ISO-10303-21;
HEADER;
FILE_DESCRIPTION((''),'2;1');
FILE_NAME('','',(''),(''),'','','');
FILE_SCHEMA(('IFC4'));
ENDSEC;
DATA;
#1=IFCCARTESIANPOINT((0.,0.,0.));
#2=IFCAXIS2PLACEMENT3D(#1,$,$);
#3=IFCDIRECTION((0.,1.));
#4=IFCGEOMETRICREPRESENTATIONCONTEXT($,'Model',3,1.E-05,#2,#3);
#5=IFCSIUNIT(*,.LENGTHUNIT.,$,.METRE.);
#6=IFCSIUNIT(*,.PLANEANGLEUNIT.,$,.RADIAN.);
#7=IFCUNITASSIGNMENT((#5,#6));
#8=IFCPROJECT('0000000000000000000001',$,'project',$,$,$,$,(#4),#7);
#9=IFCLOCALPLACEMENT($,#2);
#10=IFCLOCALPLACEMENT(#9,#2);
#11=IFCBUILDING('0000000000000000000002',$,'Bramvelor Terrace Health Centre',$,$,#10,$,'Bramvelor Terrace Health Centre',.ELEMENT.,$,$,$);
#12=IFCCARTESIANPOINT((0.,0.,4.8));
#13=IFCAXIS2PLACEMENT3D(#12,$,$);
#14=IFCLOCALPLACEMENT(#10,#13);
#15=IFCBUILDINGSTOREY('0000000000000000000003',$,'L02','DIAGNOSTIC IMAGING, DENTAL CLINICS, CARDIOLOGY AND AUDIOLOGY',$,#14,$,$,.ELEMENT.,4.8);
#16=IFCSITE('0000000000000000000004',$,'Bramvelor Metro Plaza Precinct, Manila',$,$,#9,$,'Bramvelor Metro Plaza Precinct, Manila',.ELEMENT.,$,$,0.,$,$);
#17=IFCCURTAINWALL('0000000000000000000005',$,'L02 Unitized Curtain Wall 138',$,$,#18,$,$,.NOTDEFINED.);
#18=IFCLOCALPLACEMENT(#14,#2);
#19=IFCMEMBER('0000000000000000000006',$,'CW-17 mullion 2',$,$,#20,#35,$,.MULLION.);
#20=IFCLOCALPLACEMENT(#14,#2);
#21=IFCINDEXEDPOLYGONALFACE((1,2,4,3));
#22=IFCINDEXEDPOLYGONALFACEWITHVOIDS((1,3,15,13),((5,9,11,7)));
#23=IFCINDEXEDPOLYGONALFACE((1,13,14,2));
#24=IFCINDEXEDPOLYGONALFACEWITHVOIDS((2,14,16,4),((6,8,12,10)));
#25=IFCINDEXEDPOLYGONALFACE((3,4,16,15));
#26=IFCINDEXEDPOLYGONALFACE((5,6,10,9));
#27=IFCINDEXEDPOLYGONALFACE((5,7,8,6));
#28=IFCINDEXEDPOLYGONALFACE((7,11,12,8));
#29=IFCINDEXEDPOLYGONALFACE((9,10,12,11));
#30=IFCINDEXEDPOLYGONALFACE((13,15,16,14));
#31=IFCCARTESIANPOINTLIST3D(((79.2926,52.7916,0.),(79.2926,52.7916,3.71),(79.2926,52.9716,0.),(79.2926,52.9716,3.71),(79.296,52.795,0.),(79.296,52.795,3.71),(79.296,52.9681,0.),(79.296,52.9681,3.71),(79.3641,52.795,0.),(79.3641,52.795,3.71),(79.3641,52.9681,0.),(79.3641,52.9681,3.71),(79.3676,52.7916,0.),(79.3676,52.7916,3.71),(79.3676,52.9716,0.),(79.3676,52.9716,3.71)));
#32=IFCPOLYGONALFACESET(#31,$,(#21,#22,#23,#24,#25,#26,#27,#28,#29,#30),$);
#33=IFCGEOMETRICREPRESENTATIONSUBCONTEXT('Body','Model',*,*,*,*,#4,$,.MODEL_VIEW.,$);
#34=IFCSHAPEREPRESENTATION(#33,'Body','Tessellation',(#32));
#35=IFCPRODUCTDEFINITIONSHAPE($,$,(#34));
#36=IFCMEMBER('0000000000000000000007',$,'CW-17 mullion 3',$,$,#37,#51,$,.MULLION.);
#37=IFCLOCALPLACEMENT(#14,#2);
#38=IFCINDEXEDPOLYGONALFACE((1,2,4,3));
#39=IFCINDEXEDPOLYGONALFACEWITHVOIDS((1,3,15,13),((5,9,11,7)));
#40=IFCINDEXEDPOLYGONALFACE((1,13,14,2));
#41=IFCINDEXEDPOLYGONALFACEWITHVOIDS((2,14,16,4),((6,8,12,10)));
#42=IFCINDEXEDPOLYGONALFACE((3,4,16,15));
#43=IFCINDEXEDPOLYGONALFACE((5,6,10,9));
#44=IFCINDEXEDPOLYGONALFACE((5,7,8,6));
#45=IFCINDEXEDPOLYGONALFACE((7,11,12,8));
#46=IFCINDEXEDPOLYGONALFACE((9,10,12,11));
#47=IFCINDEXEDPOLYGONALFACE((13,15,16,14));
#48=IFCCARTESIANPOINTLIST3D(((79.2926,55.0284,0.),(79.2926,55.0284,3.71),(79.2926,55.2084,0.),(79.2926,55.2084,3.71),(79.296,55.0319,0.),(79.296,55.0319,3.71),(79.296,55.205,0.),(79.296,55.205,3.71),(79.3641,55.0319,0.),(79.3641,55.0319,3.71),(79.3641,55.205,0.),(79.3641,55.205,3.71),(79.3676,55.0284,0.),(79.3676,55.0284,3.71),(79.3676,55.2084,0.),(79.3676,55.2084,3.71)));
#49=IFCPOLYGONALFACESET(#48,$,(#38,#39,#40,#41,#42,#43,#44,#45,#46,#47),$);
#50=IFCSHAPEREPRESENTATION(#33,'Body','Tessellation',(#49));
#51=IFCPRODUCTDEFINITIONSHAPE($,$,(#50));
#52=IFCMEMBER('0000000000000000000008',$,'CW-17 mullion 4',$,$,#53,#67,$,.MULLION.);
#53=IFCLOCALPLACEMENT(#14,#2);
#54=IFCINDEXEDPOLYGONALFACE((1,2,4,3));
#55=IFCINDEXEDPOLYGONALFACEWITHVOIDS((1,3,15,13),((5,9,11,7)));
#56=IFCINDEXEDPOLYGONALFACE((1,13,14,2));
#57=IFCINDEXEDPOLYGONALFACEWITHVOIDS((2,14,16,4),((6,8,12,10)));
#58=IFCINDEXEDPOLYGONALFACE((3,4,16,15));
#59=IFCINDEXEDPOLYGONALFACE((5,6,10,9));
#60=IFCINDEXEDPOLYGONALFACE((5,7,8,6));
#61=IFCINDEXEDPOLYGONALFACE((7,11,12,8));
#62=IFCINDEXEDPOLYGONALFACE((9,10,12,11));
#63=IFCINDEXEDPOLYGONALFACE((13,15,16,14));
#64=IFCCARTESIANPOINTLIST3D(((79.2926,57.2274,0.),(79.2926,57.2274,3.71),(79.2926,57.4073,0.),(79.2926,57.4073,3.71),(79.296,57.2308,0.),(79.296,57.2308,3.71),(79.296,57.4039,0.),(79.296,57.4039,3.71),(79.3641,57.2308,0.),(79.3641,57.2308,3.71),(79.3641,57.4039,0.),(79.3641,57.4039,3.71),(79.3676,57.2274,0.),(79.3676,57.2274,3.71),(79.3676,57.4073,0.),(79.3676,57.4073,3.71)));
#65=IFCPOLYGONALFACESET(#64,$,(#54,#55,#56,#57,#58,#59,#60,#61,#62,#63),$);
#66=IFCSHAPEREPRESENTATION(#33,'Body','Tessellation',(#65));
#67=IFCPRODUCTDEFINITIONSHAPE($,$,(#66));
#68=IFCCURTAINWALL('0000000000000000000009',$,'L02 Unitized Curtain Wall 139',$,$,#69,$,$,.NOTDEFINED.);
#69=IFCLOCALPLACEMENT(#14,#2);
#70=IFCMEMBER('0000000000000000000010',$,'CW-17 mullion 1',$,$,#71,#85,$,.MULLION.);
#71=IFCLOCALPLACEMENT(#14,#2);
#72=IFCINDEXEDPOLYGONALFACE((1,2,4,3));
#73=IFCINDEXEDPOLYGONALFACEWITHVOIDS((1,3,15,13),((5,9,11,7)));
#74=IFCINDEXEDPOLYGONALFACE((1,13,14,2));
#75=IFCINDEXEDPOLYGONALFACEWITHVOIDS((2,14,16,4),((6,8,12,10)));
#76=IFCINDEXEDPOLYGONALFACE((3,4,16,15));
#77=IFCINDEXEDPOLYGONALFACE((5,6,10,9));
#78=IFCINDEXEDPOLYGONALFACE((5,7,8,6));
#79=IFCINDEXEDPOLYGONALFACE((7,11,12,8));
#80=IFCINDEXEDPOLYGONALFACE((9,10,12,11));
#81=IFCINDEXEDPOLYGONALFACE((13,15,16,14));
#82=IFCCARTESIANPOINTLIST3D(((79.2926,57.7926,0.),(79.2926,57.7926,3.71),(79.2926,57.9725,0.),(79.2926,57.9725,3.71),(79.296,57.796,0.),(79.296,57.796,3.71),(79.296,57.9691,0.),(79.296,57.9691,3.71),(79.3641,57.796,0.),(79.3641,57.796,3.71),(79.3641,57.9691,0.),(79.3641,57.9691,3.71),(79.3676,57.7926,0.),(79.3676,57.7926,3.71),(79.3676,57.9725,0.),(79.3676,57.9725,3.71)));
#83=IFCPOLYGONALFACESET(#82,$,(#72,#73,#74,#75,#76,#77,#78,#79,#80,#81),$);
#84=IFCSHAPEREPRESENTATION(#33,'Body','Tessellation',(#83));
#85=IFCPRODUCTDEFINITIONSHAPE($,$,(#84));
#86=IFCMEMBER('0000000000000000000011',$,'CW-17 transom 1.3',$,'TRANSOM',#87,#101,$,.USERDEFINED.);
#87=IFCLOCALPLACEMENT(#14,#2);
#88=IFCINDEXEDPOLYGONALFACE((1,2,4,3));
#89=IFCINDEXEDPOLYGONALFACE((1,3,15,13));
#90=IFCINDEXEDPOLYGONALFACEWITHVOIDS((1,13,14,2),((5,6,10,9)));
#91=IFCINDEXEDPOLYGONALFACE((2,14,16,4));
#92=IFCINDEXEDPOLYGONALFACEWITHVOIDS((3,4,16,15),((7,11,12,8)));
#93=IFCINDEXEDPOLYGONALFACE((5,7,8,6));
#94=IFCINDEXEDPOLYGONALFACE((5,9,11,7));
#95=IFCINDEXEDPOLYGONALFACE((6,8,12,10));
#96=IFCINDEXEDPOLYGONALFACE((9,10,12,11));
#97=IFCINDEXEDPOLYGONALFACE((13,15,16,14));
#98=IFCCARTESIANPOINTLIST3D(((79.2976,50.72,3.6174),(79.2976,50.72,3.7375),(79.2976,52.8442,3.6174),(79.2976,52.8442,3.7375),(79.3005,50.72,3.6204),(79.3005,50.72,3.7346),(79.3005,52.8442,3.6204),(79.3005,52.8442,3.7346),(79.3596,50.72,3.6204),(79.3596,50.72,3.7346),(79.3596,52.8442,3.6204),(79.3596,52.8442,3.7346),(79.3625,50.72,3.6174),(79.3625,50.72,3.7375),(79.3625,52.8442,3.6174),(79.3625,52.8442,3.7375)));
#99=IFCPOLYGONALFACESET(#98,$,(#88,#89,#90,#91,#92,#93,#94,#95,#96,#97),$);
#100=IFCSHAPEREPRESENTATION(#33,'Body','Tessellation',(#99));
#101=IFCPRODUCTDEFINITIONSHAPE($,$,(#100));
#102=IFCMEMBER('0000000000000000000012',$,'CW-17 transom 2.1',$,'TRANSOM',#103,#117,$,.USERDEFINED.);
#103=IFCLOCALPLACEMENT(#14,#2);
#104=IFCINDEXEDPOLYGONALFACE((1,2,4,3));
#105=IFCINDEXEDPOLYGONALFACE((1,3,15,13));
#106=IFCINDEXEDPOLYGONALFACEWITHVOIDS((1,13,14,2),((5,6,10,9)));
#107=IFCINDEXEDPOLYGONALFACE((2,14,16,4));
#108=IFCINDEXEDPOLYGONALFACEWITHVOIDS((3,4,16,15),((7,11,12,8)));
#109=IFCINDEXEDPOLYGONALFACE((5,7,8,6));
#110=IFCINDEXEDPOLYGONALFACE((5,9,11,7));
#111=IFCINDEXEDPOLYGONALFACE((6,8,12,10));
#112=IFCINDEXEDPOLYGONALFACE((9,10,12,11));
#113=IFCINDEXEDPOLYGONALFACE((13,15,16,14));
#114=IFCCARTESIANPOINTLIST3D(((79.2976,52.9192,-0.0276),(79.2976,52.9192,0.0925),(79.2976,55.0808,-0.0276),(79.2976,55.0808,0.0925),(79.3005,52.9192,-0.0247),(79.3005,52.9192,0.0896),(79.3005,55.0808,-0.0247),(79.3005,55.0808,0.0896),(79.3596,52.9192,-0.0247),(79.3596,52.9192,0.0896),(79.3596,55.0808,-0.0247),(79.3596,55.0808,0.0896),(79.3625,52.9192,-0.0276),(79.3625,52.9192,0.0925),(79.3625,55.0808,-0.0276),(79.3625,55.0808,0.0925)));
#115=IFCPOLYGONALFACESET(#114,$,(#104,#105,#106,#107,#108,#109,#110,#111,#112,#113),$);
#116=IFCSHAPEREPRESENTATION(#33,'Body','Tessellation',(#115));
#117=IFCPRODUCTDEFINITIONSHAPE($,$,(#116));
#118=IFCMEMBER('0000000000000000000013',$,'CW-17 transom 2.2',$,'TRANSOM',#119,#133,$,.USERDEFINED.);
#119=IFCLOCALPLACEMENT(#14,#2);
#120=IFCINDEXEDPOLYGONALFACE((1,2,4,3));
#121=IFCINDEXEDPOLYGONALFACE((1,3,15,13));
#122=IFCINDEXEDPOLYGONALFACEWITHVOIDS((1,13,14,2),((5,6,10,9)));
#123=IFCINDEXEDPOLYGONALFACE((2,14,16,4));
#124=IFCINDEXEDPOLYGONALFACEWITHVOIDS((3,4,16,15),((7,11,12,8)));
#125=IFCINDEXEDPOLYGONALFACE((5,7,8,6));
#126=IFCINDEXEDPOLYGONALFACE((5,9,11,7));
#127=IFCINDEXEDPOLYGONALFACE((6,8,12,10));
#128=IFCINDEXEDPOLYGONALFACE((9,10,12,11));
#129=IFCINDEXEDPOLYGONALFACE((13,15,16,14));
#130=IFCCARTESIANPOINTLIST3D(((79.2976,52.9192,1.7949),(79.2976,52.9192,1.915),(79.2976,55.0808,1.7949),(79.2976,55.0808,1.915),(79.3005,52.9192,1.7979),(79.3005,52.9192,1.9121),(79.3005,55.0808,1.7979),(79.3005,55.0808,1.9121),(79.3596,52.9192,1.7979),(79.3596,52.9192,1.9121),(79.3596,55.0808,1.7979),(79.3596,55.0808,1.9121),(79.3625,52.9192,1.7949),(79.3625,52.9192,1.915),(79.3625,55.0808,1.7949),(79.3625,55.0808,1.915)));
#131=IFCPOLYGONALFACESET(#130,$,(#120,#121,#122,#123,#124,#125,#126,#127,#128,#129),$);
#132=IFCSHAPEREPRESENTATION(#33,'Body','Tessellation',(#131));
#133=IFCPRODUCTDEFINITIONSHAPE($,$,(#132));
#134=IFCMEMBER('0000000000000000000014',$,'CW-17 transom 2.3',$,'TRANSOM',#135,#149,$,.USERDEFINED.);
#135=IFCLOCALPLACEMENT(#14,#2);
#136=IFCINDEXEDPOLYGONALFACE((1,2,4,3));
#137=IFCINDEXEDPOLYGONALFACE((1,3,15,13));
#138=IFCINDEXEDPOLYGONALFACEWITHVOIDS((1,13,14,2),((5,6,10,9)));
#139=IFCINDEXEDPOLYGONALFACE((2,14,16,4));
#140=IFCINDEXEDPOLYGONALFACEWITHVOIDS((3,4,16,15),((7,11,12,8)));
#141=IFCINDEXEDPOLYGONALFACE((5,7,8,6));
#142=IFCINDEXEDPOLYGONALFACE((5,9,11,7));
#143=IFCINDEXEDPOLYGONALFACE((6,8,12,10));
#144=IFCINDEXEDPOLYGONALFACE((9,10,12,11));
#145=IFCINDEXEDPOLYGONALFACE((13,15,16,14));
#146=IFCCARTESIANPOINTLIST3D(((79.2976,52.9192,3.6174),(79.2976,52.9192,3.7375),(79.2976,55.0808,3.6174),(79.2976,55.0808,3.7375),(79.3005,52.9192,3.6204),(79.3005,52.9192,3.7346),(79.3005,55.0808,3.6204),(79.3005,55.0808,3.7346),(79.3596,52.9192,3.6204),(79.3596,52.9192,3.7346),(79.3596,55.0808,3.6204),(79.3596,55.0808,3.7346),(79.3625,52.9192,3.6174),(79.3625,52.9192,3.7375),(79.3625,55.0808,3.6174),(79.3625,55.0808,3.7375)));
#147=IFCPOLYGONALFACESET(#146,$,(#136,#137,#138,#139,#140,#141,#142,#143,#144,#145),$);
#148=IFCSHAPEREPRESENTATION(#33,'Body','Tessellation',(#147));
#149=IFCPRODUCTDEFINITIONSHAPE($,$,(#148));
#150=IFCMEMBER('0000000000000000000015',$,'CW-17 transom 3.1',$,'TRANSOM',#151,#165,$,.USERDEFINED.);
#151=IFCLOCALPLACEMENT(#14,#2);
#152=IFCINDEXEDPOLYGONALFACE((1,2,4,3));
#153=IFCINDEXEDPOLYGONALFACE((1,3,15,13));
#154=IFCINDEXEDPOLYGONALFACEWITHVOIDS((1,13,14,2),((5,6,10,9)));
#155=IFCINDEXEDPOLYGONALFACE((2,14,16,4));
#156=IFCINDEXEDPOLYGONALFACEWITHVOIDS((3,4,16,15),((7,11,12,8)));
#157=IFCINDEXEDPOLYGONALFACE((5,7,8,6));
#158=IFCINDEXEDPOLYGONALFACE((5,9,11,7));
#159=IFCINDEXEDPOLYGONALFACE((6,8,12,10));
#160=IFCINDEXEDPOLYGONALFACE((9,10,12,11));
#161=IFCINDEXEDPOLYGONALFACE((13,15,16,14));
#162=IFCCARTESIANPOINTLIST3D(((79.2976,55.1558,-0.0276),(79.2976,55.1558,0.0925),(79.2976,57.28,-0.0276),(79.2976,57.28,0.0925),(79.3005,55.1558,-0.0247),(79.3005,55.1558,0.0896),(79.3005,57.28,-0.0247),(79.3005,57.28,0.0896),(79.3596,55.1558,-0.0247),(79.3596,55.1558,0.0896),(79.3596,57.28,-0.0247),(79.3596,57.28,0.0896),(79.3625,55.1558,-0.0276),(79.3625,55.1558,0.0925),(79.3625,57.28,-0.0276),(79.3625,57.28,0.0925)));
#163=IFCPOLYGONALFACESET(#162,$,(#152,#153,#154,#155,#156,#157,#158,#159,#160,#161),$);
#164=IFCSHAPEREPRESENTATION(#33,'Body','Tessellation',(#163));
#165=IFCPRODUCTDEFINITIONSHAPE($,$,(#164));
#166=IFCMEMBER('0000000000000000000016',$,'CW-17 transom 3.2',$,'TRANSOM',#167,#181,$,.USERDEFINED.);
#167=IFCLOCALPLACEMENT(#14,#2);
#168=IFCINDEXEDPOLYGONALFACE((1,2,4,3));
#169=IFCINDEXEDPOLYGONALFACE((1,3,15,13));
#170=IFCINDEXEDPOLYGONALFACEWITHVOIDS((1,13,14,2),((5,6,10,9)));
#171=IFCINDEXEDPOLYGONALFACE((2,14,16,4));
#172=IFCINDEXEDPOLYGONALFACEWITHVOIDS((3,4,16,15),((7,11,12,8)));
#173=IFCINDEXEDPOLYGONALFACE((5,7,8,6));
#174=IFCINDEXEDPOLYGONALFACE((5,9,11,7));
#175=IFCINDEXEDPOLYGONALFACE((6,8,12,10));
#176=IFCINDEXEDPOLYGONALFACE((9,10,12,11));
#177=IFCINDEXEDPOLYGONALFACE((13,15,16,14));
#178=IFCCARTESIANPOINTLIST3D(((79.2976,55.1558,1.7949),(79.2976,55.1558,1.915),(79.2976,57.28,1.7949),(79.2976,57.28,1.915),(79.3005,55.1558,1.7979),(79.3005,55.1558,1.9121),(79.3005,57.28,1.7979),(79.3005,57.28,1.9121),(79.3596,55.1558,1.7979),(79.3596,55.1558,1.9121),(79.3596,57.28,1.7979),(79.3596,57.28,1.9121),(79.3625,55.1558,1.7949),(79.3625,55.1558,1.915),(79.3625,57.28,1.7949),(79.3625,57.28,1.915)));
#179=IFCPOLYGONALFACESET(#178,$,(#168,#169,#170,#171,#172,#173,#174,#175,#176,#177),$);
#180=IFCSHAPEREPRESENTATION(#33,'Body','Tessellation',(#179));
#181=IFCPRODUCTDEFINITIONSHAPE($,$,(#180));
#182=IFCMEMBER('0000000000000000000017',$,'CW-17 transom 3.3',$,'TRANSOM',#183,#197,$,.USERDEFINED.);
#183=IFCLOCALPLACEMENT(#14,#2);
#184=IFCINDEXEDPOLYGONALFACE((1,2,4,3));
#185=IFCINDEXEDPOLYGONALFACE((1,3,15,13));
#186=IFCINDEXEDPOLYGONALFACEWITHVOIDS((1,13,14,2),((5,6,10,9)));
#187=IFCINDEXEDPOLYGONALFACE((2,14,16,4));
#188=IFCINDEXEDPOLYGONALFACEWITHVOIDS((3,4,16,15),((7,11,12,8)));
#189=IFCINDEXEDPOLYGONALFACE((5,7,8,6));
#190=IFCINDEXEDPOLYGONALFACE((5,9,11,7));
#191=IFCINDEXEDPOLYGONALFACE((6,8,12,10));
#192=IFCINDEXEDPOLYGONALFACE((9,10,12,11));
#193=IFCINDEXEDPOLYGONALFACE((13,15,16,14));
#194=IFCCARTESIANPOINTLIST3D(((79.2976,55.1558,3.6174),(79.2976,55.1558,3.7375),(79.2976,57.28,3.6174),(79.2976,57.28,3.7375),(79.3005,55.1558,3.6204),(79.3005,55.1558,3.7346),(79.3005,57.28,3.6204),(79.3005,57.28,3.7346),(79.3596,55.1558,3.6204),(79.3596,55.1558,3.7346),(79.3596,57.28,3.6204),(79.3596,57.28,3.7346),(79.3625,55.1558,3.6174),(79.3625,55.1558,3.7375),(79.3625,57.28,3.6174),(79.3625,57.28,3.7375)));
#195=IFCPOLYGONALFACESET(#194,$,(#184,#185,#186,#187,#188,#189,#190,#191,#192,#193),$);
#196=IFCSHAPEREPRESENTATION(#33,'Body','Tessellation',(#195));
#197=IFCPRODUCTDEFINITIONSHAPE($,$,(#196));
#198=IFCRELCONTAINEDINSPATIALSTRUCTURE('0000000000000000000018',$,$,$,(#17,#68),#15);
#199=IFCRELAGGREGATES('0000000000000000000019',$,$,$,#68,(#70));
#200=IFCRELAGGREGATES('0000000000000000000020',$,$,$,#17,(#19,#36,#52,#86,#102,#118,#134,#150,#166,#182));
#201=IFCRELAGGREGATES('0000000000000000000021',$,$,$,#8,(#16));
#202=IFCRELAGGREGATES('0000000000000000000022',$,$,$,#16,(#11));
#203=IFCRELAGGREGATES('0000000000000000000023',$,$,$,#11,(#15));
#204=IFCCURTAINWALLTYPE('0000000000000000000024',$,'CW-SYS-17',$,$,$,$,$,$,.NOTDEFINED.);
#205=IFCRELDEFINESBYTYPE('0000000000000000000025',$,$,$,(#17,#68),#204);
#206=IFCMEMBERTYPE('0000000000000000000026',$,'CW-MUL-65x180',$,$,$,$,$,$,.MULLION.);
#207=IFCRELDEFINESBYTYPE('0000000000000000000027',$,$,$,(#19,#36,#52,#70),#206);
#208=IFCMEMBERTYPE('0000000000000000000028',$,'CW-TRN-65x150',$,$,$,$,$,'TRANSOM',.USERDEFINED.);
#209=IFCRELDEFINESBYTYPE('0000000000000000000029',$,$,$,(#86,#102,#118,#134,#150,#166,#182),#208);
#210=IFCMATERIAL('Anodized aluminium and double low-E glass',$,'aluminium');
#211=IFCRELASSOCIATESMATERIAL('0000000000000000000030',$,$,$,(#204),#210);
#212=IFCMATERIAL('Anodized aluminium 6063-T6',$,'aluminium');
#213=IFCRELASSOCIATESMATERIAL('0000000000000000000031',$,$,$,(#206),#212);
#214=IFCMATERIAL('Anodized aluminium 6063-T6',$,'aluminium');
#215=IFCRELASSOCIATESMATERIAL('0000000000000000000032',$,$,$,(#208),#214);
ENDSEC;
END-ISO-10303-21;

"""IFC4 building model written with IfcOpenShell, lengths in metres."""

from ifc_helpers import new_model, si_unit, direction, frame, origin, origin_2d, place, context, subcontext, project, spatial, hollow_rectangle, extrude, material, material_profile, profile_set, type_object, element, aggregate, save


model = new_model("IFC4")

# Units and contexts
model_context = context("Model", 3, precision=1e-05, world=origin(), true_north=direction((0.0, 1.0)))
body_context = subcontext(model_context, "Body", "Model", "MODEL_VIEW")
ifc_project = project(units=[si_unit("LENGTHUNIT", "METRE"), si_unit("PLANEANGLEUNIT", "RADIAN")], contexts=[model_context])

# Site, building, storey
site_placement = place(None, origin())
site = spatial("IfcSite", under=ifc_project, at=site_placement, Name="Bramvelor Metro Plaza Precinct, Manila", LongName="Bramvelor Metro Plaza Precinct, Manila", CompositionType="ELEMENT", RefElevation=0.0)
building_placement = place(site_placement, origin())
building = spatial("IfcBuilding", under=site, at=building_placement, Name="Bramvelor Terrace Health Centre", LongName="Bramvelor Terrace Health Centre", CompositionType="ELEMENT")
storey_placement = place(building_placement, frame((0.0, 0.0, 4.8)))
storey = spatial("IfcBuildingStorey", under=building, at=storey_placement, Name="L02", Description="DIAGNOSTIC IMAGING, DENTAL CLINICS, CARDIOLOGY AND AUDIOLOGY", CompositionType="ELEMENT", Elevation=4.8)

# Curtain wall, members
ifc_material_1 = material(Name="Anodized aluminium and double low-E glass", Category="aluminium")
curtain_wall_type = type_object("IfcCurtainWallType", Name="CW-SYS-17", PredefinedType="NOTDEFINED", material=ifc_material_1)
curtain_wall_1_placement = place(storey_placement, origin())
curtain_wall_1 = element("IfcCurtainWall", 1, at=curtain_wall_1_placement, inside=storey, type_object=curtain_wall_type, Name="L02 Unitized Curtain Wall 138", PredefinedType="NOTDEFINED")
ifc_material_2 = material(Name="Anodized aluminium 6063-T6", Category="aluminium")
ifc_material_profile_1 = material_profile(ifc_material_2, hollow_rectangle(XDim=0.075, YDim=0.1799, WallThickness=0.0034, at=origin_2d()), Name="ALU-MUL 75x180x3.5")
ifc_profile_set_1 = profile_set([ifc_material_profile_1], Name="Anodized aluminium 6063-T6")
member_type_1 = type_object("IfcMemberType", Name="CW-MUL-65x180", PredefinedType="MULLION", material=ifc_profile_set_1)
member_1_placement = place(storey_placement, frame((79.3301, 52.8816, 0.0), z_axis=(0.0, 0.0, 1.0), x_axis=(-1.0, 0.0, 0.0)))
member_1 = element("IfcMember", 2, at=member_1_placement, type_object=member_type_1, Name="CW-17 mullion 2", PredefinedType="MULLION", context=body_context, shape_type="SweptSolid", body=[
    extrude(hollow_rectangle(XDim=0.075, YDim=0.1799, WallThickness=0.0034, at=origin_2d()), origin(), (0.0, 0.0, 1.0), 3.71),
])
member_2_placement = place(storey_placement, frame((79.3301, 55.1184, 0.0), z_axis=(0.0, 0.0, 1.0), x_axis=(-1.0, 0.0, 0.0)))
member_2 = element("IfcMember", 3, at=member_2_placement, type_object=member_type_1, Name="CW-17 mullion 3", PredefinedType="MULLION", context=body_context, shape_type="SweptSolid", body=[
    extrude(hollow_rectangle(XDim=0.075, YDim=0.1799, WallThickness=0.0034, at=origin_2d()), origin(), (0.0, 0.0, 1.0), 3.71),
])
member_3_placement = place(storey_placement, frame((79.3301, 57.3174, 0.0), z_axis=(0.0, 0.0, 1.0), x_axis=(-1.0, 0.0, 0.0)))
member_3 = element("IfcMember", 4, at=member_3_placement, type_object=member_type_1, Name="CW-17 mullion 4", PredefinedType="MULLION", context=body_context, shape_type="SweptSolid", body=[
    extrude(hollow_rectangle(XDim=0.075, YDim=0.1799, WallThickness=0.0034, at=origin_2d()), origin(), (0.0, 0.0, 1.0), 3.71),
])

# Curtain wall, member
curtain_wall_2_placement = place(storey_placement, origin())
curtain_wall_2 = element("IfcCurtainWall", 5, at=curtain_wall_2_placement, inside=storey, type_object=curtain_wall_type, Name="L02 Unitized Curtain Wall 139", PredefinedType="NOTDEFINED")
member_4_placement = place(storey_placement, frame((79.3301, 57.8826, 0.0), z_axis=(0.0, 0.0, 1.0), x_axis=(-1.0, 0.0, 0.0)))
member_4 = element("IfcMember", 6, at=member_4_placement, type_object=member_type_1, Name="CW-17 mullion 1", PredefinedType="MULLION", context=body_context, shape_type="SweptSolid", body=[
    extrude(hollow_rectangle(XDim=0.075, YDim=0.1799, WallThickness=0.0034, at=origin_2d()), origin(), (0.0, 0.0, 1.0), 3.71),
])

# Members
ifc_material_3 = material(Name="Anodized aluminium 6063-T6", Category="aluminium")
ifc_material_profile_2 = material_profile(ifc_material_3, hollow_rectangle(XDim=0.0649, YDim=0.1201, WallThickness=0.0029, at=origin_2d()), Name="ALU-TRN 65x120x3.0")
ifc_profile_set_2 = profile_set([ifc_material_profile_2], Name="Anodized aluminium 6063-T6")
member_type_2 = type_object("IfcMemberType", Name="CW-TRN-65x150", ElementType="TRANSOM", PredefinedType="USERDEFINED", material=ifc_profile_set_2)
member_5_placement = place(storey_placement, frame((79.3301, 50.72, 3.6775), z_axis=(0.0, 1.0, 0.0), x_axis=(-1.0, 0.0, 0.0)))
member_5 = element("IfcMember", 7, at=member_5_placement, type_object=member_type_2, Name="CW-17 transom 1.3", ObjectType="TRANSOM", PredefinedType="USERDEFINED", context=body_context, shape_type="SweptSolid", body=[
    extrude(hollow_rectangle(XDim=0.0649, YDim=0.1201, WallThickness=0.0029, at=origin_2d()), origin(), (0.0, 0.0, 1.0), 2.1243),
])
member_6_placement = place(storey_placement, frame((79.3301, 52.9192, 0.0325), z_axis=(0.0, 1.0, 0.0), x_axis=(-1.0, 0.0, 0.0)))
member_6 = element("IfcMember", 8, at=member_6_placement, type_object=member_type_2, Name="CW-17 transom 2.1", ObjectType="TRANSOM", PredefinedType="USERDEFINED", context=body_context, shape_type="SweptSolid", body=[
    extrude(hollow_rectangle(XDim=0.0649, YDim=0.1201, WallThickness=0.0029, at=origin_2d()), origin(), (0.0, 0.0, 1.0), 2.1616),
])
member_7_placement = place(storey_placement, frame((79.3301, 52.9192, 1.855), z_axis=(0.0, 1.0, 0.0), x_axis=(-1.0, 0.0, 0.0)))
member_7 = element("IfcMember", 9, at=member_7_placement, type_object=member_type_2, Name="CW-17 transom 2.2", ObjectType="TRANSOM", PredefinedType="USERDEFINED", context=body_context, shape_type="SweptSolid", body=[
    extrude(hollow_rectangle(XDim=0.0649, YDim=0.1201, WallThickness=0.0029, at=origin_2d()), origin(), (0.0, 0.0, 1.0), 2.1616),
])
member_8_placement = place(storey_placement, frame((79.3301, 52.9192, 3.6775), z_axis=(0.0, 1.0, 0.0), x_axis=(-1.0, 0.0, 0.0)))
member_8 = element("IfcMember", 10, at=member_8_placement, type_object=member_type_2, Name="CW-17 transom 2.3", ObjectType="TRANSOM", PredefinedType="USERDEFINED", context=body_context, shape_type="SweptSolid", body=[
    extrude(hollow_rectangle(XDim=0.0649, YDim=0.1201, WallThickness=0.0029, at=origin_2d()), origin(), (0.0, 0.0, 1.0), 2.1616),
])
member_9_placement = place(storey_placement, frame((79.3301, 55.1558, 0.0325), z_axis=(0.0, 1.0, 0.0), x_axis=(-1.0, 0.0, 0.0)))
member_9 = element("IfcMember", 11, at=member_9_placement, type_object=member_type_2, Name="CW-17 transom 3.1", ObjectType="TRANSOM", PredefinedType="USERDEFINED", context=body_context, shape_type="SweptSolid", body=[
    extrude(hollow_rectangle(XDim=0.0649, YDim=0.1201, WallThickness=0.0029, at=origin_2d()), origin(), (0.0, 0.0, 1.0), 2.1243),
])
member_10_placement = place(storey_placement, frame((79.3301, 55.1558, 1.855), z_axis=(0.0, 1.0, 0.0), x_axis=(-1.0, 0.0, 0.0)))
member_10 = element("IfcMember", 12, at=member_10_placement, type_object=member_type_2, Name="CW-17 transom 3.2", ObjectType="TRANSOM", PredefinedType="USERDEFINED", context=body_context, shape_type="SweptSolid", body=[
    extrude(hollow_rectangle(XDim=0.0649, YDim=0.1201, WallThickness=0.0029, at=origin_2d()), origin(), (0.0, 0.0, 1.0), 2.1243),
])
member_11_placement = place(storey_placement, frame((79.3301, 55.1558, 3.6775), z_axis=(0.0, 1.0, 0.0), x_axis=(-1.0, 0.0, 0.0)))
member_11 = element("IfcMember", 13, at=member_11_placement, type_object=member_type_2, Name="CW-17 transom 3.3", ObjectType="TRANSOM", PredefinedType="USERDEFINED", context=body_context, shape_type="SweptSolid", body=[
    extrude(hollow_rectangle(XDim=0.0649, YDim=0.1201, WallThickness=0.0029, at=origin_2d()), origin(), (0.0, 0.0, 1.0), 2.1243),
])
aggregate(curtain_wall_2, [member_4])

aggregate(curtain_wall_1, [member_1, member_2, member_3, member_5, member_6, member_7, member_8, member_9, member_10, member_11])

save(model, "model.ifc")
